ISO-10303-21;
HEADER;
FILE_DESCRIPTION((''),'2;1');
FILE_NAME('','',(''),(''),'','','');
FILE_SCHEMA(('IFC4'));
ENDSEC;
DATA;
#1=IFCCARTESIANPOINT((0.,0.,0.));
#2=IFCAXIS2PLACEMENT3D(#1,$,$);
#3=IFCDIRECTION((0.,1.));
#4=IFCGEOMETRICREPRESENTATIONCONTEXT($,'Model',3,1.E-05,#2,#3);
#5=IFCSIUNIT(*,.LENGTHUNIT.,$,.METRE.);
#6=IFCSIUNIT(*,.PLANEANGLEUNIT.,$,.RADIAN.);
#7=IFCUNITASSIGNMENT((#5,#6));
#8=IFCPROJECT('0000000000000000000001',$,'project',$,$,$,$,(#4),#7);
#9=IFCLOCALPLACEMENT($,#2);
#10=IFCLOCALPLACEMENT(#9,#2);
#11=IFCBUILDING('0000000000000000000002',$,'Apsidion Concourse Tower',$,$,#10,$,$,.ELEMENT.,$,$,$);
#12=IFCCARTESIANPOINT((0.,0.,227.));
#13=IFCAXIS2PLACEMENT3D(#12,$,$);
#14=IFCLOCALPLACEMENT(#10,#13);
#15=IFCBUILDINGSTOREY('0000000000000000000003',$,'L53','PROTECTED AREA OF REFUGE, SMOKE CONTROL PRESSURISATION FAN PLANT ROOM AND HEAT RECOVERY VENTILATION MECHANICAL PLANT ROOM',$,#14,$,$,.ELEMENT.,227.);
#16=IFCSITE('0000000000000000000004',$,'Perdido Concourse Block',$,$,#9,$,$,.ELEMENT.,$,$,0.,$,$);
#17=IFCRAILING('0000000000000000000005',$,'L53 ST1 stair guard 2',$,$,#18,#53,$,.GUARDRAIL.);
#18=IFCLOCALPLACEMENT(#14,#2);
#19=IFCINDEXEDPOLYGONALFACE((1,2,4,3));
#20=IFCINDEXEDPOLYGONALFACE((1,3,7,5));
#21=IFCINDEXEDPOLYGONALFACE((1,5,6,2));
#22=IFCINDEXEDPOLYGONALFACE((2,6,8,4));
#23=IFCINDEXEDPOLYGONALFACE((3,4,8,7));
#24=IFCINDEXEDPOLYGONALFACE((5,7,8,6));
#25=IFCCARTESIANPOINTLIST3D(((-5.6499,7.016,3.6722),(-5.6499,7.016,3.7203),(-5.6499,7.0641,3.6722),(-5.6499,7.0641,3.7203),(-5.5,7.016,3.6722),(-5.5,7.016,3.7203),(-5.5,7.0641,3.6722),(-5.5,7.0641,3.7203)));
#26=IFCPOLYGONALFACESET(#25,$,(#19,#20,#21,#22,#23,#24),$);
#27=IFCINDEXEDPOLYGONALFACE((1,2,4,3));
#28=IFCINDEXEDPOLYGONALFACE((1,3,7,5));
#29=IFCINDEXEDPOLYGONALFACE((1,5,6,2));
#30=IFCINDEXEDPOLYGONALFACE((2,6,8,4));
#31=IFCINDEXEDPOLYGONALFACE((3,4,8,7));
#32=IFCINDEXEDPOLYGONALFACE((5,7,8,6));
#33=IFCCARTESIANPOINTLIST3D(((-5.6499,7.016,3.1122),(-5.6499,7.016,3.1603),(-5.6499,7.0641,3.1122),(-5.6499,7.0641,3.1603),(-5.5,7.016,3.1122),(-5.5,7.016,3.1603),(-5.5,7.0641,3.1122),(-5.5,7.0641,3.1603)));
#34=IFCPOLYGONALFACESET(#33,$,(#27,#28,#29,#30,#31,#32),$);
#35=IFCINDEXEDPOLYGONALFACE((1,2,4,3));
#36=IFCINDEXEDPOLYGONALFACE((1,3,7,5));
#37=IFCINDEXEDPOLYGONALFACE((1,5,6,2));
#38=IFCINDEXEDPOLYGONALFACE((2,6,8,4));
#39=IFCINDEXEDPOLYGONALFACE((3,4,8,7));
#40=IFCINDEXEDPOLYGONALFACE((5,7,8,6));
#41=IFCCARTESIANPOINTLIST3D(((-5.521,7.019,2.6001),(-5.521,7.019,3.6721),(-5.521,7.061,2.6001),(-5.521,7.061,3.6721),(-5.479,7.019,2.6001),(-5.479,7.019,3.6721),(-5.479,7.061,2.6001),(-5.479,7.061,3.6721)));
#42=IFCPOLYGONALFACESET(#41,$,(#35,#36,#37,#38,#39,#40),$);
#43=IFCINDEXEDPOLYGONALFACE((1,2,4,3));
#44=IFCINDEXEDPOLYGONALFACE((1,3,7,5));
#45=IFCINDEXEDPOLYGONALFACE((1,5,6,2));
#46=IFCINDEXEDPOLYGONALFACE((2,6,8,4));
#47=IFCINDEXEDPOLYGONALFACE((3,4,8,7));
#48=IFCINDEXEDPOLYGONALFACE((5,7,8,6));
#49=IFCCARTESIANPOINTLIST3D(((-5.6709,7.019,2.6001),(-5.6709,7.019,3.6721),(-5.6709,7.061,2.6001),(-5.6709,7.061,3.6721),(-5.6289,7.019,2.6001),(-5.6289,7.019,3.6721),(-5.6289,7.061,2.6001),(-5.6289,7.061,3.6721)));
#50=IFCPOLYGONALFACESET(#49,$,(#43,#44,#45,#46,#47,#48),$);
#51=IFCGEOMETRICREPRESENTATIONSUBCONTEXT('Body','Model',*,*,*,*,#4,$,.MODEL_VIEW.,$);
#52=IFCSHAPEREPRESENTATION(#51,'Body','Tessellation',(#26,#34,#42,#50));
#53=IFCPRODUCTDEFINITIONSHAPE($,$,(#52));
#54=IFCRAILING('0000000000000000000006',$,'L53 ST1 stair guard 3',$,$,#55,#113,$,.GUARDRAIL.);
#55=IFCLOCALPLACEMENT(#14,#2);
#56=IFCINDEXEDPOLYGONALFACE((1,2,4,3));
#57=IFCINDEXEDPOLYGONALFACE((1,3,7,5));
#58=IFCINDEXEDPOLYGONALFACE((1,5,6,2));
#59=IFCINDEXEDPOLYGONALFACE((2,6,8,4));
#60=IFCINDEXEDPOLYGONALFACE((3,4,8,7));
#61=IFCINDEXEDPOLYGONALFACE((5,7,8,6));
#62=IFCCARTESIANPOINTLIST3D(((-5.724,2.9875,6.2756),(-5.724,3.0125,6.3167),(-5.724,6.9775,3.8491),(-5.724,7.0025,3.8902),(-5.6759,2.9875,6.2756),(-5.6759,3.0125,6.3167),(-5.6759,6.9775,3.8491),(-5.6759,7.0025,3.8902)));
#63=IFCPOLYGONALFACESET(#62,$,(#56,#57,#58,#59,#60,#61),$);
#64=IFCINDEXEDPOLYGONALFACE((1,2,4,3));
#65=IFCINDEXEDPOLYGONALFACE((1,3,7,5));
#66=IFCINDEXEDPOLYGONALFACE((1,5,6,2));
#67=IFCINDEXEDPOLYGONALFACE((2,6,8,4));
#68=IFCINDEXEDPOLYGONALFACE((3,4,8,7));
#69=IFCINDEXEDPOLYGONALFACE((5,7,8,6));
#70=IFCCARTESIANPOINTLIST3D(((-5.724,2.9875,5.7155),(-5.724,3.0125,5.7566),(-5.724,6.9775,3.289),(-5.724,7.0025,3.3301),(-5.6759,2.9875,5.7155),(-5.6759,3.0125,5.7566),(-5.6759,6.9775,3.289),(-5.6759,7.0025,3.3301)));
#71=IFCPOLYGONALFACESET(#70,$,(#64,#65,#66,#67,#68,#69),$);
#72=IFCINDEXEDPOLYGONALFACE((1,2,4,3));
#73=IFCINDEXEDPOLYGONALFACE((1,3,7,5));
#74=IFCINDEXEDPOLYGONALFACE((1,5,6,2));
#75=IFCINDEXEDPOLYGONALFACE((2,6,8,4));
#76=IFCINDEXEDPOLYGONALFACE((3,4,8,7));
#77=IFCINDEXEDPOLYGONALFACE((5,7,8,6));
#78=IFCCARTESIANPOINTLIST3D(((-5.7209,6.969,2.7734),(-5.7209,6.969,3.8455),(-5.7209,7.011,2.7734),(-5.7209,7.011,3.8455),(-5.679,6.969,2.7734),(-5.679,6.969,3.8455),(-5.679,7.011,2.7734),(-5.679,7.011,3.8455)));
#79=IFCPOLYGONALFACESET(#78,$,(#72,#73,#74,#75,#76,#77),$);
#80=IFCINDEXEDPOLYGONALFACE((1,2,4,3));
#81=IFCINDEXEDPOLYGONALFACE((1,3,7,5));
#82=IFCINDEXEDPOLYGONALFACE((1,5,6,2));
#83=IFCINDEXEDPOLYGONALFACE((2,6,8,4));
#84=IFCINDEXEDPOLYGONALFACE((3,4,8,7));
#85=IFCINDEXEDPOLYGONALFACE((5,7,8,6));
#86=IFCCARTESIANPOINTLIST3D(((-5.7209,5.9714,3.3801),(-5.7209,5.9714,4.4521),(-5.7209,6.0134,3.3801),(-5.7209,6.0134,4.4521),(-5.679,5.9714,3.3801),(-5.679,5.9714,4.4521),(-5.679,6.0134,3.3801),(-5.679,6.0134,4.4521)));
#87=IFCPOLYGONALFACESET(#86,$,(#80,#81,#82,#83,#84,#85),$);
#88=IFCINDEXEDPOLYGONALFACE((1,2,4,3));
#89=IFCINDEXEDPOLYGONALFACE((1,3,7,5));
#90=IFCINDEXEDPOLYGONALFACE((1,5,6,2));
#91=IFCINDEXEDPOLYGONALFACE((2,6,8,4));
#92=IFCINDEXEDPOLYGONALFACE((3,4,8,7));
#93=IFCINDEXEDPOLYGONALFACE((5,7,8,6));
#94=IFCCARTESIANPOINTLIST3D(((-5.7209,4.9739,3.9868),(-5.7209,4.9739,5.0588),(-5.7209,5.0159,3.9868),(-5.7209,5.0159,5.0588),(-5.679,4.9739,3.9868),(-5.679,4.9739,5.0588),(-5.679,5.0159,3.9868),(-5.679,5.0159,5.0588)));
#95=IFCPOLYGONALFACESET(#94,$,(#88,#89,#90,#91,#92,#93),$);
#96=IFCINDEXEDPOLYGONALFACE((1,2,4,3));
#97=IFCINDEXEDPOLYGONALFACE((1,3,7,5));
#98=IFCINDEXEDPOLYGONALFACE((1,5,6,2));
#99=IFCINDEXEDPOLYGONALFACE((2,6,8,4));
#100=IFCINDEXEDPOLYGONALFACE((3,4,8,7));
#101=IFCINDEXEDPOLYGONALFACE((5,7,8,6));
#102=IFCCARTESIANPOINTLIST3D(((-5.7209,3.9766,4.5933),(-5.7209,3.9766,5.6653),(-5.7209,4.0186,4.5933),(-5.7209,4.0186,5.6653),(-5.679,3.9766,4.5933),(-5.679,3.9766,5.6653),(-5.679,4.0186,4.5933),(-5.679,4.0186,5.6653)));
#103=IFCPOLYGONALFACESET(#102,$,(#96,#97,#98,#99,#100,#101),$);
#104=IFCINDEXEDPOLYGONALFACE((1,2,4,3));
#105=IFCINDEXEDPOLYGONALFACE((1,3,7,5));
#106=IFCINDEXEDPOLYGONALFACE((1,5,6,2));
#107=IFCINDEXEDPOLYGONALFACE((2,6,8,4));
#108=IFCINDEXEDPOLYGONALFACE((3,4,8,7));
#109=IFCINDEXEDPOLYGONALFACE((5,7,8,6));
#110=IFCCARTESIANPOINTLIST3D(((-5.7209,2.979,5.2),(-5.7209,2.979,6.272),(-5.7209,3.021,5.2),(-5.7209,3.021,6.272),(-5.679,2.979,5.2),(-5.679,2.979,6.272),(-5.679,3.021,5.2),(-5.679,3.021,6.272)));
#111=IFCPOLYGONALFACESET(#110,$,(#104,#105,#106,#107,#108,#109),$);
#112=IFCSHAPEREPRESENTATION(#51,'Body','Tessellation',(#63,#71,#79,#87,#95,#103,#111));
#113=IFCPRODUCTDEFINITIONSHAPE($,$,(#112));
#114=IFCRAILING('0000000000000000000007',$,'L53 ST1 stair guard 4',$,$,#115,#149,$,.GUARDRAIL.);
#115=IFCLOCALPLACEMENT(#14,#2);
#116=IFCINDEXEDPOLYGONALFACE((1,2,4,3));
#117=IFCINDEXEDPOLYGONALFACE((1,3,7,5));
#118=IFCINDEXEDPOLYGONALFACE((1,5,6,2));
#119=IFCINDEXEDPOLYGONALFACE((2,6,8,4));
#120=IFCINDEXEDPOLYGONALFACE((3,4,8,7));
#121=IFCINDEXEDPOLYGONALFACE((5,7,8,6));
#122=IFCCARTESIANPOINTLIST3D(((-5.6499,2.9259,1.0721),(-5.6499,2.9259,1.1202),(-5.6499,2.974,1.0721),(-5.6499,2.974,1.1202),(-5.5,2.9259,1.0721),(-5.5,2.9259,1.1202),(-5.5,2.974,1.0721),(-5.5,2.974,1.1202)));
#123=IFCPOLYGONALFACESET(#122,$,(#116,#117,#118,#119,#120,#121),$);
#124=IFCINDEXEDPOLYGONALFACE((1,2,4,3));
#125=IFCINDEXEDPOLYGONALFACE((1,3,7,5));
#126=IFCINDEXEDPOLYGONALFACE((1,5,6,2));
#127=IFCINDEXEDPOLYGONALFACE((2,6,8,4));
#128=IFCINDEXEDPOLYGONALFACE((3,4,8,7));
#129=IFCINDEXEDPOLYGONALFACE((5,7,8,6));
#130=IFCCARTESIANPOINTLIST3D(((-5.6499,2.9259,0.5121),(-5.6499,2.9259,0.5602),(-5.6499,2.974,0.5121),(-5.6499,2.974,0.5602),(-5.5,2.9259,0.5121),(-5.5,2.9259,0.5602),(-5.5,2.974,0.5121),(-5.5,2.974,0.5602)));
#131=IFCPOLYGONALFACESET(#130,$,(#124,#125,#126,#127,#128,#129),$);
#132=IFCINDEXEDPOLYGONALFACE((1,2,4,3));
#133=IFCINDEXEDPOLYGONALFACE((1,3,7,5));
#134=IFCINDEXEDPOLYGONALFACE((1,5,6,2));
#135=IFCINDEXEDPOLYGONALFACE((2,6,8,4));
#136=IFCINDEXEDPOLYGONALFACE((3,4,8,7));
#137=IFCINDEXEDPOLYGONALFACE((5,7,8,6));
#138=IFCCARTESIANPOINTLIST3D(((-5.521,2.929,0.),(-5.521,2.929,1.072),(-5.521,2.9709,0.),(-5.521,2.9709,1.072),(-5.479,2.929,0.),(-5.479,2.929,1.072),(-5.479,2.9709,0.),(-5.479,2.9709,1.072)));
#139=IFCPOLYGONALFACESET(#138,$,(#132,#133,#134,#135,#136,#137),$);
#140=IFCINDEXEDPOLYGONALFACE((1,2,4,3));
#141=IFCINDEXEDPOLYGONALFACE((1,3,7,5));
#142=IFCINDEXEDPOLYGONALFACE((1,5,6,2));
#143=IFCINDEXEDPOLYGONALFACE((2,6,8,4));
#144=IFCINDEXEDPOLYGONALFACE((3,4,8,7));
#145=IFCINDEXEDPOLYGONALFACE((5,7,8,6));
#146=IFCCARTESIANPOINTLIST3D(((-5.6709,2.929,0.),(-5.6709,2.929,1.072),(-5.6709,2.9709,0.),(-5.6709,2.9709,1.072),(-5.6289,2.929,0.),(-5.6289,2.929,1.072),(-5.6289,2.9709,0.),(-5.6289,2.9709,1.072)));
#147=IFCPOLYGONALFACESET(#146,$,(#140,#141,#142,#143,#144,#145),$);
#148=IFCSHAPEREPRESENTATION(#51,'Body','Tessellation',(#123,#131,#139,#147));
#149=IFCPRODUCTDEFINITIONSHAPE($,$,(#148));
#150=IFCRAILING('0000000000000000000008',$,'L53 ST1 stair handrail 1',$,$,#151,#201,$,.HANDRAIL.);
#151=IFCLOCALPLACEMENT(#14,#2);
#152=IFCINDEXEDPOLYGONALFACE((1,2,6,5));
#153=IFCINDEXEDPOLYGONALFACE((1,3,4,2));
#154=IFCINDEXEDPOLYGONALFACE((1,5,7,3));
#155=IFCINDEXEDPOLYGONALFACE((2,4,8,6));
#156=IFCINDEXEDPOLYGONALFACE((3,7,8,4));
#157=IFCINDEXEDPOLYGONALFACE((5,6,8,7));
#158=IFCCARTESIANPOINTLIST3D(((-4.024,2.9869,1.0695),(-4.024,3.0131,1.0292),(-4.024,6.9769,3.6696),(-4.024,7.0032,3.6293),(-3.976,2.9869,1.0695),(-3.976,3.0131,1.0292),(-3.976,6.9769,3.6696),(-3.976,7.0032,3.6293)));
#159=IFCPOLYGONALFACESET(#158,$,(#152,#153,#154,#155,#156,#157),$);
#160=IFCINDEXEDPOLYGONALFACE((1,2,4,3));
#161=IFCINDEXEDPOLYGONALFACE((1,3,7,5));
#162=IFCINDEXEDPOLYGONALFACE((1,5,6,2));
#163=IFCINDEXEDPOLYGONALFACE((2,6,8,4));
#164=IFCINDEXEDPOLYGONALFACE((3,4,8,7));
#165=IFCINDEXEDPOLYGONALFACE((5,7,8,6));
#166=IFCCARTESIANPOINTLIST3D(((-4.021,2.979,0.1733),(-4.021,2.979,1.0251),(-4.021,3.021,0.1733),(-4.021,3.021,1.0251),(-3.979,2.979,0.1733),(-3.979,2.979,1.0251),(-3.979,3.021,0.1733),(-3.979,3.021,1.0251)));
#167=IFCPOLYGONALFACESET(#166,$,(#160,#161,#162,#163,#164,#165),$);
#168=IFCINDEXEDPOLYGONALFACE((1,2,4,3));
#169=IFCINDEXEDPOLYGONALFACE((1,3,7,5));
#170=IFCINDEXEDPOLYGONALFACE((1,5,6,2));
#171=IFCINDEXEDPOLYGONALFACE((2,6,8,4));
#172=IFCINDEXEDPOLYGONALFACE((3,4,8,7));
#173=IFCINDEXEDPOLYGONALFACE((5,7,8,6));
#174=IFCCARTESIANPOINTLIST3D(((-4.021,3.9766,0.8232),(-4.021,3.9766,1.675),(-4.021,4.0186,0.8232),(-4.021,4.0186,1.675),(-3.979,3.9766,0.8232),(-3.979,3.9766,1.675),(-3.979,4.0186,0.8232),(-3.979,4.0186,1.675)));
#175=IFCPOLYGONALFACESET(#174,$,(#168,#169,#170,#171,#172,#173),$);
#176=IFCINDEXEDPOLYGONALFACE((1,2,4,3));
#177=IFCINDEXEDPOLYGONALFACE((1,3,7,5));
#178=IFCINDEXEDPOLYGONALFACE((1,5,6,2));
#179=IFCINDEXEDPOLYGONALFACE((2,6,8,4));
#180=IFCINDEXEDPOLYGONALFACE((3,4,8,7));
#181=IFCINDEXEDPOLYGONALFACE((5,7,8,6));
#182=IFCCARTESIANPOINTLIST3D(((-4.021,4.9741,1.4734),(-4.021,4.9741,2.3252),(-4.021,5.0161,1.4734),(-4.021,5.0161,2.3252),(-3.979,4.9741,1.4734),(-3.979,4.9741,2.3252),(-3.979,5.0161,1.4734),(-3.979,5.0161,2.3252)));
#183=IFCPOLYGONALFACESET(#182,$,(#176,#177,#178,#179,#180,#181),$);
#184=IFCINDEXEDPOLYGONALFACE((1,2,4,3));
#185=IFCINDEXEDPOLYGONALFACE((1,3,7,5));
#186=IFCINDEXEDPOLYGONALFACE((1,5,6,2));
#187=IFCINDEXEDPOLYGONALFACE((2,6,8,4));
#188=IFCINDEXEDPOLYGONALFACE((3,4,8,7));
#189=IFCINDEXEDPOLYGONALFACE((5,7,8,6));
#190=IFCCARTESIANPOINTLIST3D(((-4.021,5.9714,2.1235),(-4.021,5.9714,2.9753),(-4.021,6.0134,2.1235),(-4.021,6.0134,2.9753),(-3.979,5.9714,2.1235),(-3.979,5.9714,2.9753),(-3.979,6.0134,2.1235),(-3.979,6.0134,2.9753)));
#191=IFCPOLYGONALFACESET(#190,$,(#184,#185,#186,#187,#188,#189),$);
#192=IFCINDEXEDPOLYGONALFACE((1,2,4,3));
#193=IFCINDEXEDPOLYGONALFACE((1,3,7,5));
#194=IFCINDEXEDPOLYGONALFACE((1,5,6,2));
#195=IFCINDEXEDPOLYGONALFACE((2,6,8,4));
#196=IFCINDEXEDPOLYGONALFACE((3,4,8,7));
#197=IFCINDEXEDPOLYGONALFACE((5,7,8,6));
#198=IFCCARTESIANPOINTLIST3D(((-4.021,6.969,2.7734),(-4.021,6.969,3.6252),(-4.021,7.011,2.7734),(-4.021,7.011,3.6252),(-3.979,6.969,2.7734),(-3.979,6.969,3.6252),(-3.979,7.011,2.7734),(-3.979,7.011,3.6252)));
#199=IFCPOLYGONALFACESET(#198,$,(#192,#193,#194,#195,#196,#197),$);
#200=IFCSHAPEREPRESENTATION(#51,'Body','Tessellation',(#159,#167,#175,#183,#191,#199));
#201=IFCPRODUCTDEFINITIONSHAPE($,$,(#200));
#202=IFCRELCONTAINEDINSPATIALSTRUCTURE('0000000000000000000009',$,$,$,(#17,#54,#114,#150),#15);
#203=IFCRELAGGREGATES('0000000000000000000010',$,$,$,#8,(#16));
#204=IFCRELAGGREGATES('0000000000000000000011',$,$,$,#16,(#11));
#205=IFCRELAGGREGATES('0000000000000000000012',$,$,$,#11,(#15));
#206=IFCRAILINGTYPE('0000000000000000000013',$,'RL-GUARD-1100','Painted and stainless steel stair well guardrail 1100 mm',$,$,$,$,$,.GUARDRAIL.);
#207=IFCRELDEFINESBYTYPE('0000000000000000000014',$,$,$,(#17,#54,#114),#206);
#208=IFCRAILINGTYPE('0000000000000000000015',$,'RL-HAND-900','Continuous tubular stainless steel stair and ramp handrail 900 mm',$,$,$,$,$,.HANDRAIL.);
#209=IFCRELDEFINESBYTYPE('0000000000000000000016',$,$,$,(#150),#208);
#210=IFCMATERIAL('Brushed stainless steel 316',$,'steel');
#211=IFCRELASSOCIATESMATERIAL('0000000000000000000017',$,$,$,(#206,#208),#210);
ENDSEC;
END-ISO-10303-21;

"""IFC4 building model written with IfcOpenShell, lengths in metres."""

from ifc_helpers import new_model, si_unit, direction, frame, origin, origin_2d, place, context, subcontext, project, spatial, rectangle, extrude, material, type_object, element, save


model = new_model("IFC4")

# Units and contexts
model_context = context("Model", 3, precision=1e-05, world=origin(), true_north=direction((0.0, 1.0)))
body_context = subcontext(model_context, "Body", "Model", "MODEL_VIEW")
ifc_project = project(units=[si_unit("LENGTHUNIT", "METRE"), si_unit("PLANEANGLEUNIT", "RADIAN")], contexts=[model_context])

# Site, building, storey
site_placement = place(None, origin())
site = spatial("IfcSite", under=ifc_project, at=site_placement, Name="Perdido Concourse Block", CompositionType="ELEMENT", RefElevation=0.0)
building_placement = place(site_placement, origin())
building = spatial("IfcBuilding", under=site, at=building_placement, Name="Apsidion Concourse Tower", CompositionType="ELEMENT")
storey_placement = place(building_placement, frame((0.0, 0.0, 227.0)))
storey = spatial("IfcBuildingStorey", under=building, at=storey_placement, Name="L53", Description="PROTECTED AREA OF REFUGE, SMOKE CONTROL PRESSURISATION FAN PLANT ROOM AND HEAT RECOVERY VENTILATION MECHANICAL PLANT ROOM", CompositionType="ELEMENT", Elevation=227.0)

# Shared definitions
ifc_material_1 = material(Name="Brushed stainless steel 316", Category="steel")

# Railings
railing_type_1 = type_object("IfcRailingType", Name="RL-GUARD-1100", Description="Painted and stainless steel stair well guardrail 1100 mm", PredefinedType="GUARDRAIL", material=ifc_material_1)
railing_1_placement = place(storey_placement, frame((-5.5, 7.04, 2.6001)))
element("IfcRailing", 1, at=railing_1_placement, inside=storey, type_object=railing_type_1, Name="L53 ST1 stair guard 2", PredefinedType="GUARDRAIL", context=body_context, shape_type="SweptSolid", body=[
    extrude(rectangle(XDim=0.0481, YDim=0.0481, at=origin_2d()), frame((0.0, 0.0, 1.0962), z_axis=(-1.0, 0.0, 0.0), x_axis=(0.0, -1.0, 0.0)), (0.0, 0.0, 1.0), 0.1499),
    extrude(rectangle(XDim=0.0481, YDim=0.0481, at=origin_2d()), frame((0.0, 0.0, 0.5361), z_axis=(-1.0, 0.0, 0.0), x_axis=(0.0, -1.0, 0.0)), (0.0, 0.0, 1.0), 0.1499),
    extrude(rectangle(XDim=0.042, YDim=0.042, at=origin_2d()), origin(), (0.0, 0.0, 1.0), 1.072),
    extrude(rectangle(XDim=0.042, YDim=0.042, at=origin_2d()), frame((-0.1499, 0.0, 0.0)), (0.0, 0.0, 1.0), 1.072),
])
railing_2_placement = place(storey_placement, frame((-5.7, 6.99, 2.7734)))
element("IfcRailing", 2, at=railing_2_placement, inside=storey, type_object=railing_type_1, Name="L53 ST1 stair guard 3", PredefinedType="GUARDRAIL", context=body_context, shape_type="SweptSolid", body=[
    extrude(rectangle(XDim=0.0481, YDim=0.0481, at=origin_2d()), frame((0.0, 0.0, 1.0962), z_axis=(0.0, -0.854405, 0.519607), x_axis=(1.0, 0.0, 0.0)), (0.0, 0.0, 1.0), 4.6699),
    extrude(rectangle(XDim=0.0481, YDim=0.0481, at=origin_2d()), frame((0.0, 0.0, 0.5361), z_axis=(0.0, -0.854405, 0.519607), x_axis=(1.0, 0.0, 0.0)), (0.0, 0.0, 1.0), 4.6699),
    extrude(rectangle(XDim=0.042, YDim=0.042, at=origin_2d()), origin(), (0.0, 0.0, 1.0), 1.072),
    extrude(rectangle(XDim=0.042, YDim=0.042, at=origin_2d()), frame((0.0, -0.9976, 0.6067)), (0.0, 0.0, 1.0), 1.072),
    extrude(rectangle(XDim=0.042, YDim=0.042, at=origin_2d()), frame((0.0, -1.9951, 1.2134)), (0.0, 0.0, 1.0), 1.072),
    extrude(rectangle(XDim=0.042, YDim=0.042, at=origin_2d()), frame((0.0, -2.9924, 1.8198)), (0.0, 0.0, 1.0), 1.072),
    extrude(rectangle(XDim=0.042, YDim=0.042, at=origin_2d()), frame((0.0, -3.99, 2.4265)), (0.0, 0.0, 1.0), 1.072),
])
railing_3_placement = place(storey_placement, frame((-5.5, 2.95, 0.0)))
element("IfcRailing", 3, at=railing_3_placement, inside=storey, type_object=railing_type_1, Name="L53 ST1 stair guard 4", PredefinedType="GUARDRAIL", context=body_context, shape_type="SweptSolid", body=[
    extrude(rectangle(XDim=0.0481, YDim=0.0481, at=origin_2d()), frame((0.0, 0.0, 1.0962), z_axis=(-1.0, 0.0, 0.0), x_axis=(0.0, -1.0, 0.0)), (0.0, 0.0, 1.0), 0.1499),
    extrude(rectangle(XDim=0.0481, YDim=0.0481, at=origin_2d()), frame((0.0, 0.0, 0.5361), z_axis=(-1.0, 0.0, 0.0), x_axis=(0.0, -1.0, 0.0)), (0.0, 0.0, 1.0), 0.1499),
    extrude(rectangle(XDim=0.042, YDim=0.042, at=origin_2d()), origin(), (0.0, 0.0, 1.0), 1.072),
    extrude(rectangle(XDim=0.042, YDim=0.042, at=origin_2d()), frame((-0.1499, 0.0, 0.0)), (0.0, 0.0, 1.0), 1.072),
])
railing_type_2 = type_object("IfcRailingType", Name="RL-HAND-900", Description="Continuous tubular stainless steel stair and ramp handrail 900 mm", PredefinedType="HANDRAIL", material=ifc_material_1)
railing_4_placement = place(storey_placement, frame((-4.0, 3.0, 0.1733)))
element("IfcRailing", 4, at=railing_4_placement, inside=storey, type_object=railing_type_2, Name="L53 ST1 stair handrail 1", PredefinedType="HANDRAIL", context=body_context, shape_type="SweptSolid", body=[
    extrude(rectangle(XDim=0.0481, YDim=0.0481, at=origin_2d()), frame((0.0, 0.0, 0.876), z_axis=(0.0, 0.837809, 0.545963), x_axis=(-1.0, 0.0, 0.0)), (0.0, 0.0, 1.0), 4.7625),
    extrude(rectangle(XDim=0.042, YDim=0.042, at=origin_2d()), origin(), (0.0, 0.0, 1.0), 0.8518),
    extrude(rectangle(XDim=0.042, YDim=0.042, at=origin_2d()), frame((0.0, 0.9976, 0.6499)), (0.0, 0.0, 1.0), 0.8518),
    extrude(rectangle(XDim=0.042, YDim=0.042, at=origin_2d()), frame((0.0, 1.9951, 1.3)), (0.0, 0.0, 1.0), 0.8518),
    extrude(rectangle(XDim=0.042, YDim=0.042, at=origin_2d()), frame((0.0, 2.9924, 1.9502)), (0.0, 0.0, 1.0), 0.8518),
    extrude(rectangle(XDim=0.042, YDim=0.042, at=origin_2d()), frame((0.0, 3.99, 2.6001)), (0.0, 0.0, 1.0), 0.8518),
])

save(model, "model.ifc")
